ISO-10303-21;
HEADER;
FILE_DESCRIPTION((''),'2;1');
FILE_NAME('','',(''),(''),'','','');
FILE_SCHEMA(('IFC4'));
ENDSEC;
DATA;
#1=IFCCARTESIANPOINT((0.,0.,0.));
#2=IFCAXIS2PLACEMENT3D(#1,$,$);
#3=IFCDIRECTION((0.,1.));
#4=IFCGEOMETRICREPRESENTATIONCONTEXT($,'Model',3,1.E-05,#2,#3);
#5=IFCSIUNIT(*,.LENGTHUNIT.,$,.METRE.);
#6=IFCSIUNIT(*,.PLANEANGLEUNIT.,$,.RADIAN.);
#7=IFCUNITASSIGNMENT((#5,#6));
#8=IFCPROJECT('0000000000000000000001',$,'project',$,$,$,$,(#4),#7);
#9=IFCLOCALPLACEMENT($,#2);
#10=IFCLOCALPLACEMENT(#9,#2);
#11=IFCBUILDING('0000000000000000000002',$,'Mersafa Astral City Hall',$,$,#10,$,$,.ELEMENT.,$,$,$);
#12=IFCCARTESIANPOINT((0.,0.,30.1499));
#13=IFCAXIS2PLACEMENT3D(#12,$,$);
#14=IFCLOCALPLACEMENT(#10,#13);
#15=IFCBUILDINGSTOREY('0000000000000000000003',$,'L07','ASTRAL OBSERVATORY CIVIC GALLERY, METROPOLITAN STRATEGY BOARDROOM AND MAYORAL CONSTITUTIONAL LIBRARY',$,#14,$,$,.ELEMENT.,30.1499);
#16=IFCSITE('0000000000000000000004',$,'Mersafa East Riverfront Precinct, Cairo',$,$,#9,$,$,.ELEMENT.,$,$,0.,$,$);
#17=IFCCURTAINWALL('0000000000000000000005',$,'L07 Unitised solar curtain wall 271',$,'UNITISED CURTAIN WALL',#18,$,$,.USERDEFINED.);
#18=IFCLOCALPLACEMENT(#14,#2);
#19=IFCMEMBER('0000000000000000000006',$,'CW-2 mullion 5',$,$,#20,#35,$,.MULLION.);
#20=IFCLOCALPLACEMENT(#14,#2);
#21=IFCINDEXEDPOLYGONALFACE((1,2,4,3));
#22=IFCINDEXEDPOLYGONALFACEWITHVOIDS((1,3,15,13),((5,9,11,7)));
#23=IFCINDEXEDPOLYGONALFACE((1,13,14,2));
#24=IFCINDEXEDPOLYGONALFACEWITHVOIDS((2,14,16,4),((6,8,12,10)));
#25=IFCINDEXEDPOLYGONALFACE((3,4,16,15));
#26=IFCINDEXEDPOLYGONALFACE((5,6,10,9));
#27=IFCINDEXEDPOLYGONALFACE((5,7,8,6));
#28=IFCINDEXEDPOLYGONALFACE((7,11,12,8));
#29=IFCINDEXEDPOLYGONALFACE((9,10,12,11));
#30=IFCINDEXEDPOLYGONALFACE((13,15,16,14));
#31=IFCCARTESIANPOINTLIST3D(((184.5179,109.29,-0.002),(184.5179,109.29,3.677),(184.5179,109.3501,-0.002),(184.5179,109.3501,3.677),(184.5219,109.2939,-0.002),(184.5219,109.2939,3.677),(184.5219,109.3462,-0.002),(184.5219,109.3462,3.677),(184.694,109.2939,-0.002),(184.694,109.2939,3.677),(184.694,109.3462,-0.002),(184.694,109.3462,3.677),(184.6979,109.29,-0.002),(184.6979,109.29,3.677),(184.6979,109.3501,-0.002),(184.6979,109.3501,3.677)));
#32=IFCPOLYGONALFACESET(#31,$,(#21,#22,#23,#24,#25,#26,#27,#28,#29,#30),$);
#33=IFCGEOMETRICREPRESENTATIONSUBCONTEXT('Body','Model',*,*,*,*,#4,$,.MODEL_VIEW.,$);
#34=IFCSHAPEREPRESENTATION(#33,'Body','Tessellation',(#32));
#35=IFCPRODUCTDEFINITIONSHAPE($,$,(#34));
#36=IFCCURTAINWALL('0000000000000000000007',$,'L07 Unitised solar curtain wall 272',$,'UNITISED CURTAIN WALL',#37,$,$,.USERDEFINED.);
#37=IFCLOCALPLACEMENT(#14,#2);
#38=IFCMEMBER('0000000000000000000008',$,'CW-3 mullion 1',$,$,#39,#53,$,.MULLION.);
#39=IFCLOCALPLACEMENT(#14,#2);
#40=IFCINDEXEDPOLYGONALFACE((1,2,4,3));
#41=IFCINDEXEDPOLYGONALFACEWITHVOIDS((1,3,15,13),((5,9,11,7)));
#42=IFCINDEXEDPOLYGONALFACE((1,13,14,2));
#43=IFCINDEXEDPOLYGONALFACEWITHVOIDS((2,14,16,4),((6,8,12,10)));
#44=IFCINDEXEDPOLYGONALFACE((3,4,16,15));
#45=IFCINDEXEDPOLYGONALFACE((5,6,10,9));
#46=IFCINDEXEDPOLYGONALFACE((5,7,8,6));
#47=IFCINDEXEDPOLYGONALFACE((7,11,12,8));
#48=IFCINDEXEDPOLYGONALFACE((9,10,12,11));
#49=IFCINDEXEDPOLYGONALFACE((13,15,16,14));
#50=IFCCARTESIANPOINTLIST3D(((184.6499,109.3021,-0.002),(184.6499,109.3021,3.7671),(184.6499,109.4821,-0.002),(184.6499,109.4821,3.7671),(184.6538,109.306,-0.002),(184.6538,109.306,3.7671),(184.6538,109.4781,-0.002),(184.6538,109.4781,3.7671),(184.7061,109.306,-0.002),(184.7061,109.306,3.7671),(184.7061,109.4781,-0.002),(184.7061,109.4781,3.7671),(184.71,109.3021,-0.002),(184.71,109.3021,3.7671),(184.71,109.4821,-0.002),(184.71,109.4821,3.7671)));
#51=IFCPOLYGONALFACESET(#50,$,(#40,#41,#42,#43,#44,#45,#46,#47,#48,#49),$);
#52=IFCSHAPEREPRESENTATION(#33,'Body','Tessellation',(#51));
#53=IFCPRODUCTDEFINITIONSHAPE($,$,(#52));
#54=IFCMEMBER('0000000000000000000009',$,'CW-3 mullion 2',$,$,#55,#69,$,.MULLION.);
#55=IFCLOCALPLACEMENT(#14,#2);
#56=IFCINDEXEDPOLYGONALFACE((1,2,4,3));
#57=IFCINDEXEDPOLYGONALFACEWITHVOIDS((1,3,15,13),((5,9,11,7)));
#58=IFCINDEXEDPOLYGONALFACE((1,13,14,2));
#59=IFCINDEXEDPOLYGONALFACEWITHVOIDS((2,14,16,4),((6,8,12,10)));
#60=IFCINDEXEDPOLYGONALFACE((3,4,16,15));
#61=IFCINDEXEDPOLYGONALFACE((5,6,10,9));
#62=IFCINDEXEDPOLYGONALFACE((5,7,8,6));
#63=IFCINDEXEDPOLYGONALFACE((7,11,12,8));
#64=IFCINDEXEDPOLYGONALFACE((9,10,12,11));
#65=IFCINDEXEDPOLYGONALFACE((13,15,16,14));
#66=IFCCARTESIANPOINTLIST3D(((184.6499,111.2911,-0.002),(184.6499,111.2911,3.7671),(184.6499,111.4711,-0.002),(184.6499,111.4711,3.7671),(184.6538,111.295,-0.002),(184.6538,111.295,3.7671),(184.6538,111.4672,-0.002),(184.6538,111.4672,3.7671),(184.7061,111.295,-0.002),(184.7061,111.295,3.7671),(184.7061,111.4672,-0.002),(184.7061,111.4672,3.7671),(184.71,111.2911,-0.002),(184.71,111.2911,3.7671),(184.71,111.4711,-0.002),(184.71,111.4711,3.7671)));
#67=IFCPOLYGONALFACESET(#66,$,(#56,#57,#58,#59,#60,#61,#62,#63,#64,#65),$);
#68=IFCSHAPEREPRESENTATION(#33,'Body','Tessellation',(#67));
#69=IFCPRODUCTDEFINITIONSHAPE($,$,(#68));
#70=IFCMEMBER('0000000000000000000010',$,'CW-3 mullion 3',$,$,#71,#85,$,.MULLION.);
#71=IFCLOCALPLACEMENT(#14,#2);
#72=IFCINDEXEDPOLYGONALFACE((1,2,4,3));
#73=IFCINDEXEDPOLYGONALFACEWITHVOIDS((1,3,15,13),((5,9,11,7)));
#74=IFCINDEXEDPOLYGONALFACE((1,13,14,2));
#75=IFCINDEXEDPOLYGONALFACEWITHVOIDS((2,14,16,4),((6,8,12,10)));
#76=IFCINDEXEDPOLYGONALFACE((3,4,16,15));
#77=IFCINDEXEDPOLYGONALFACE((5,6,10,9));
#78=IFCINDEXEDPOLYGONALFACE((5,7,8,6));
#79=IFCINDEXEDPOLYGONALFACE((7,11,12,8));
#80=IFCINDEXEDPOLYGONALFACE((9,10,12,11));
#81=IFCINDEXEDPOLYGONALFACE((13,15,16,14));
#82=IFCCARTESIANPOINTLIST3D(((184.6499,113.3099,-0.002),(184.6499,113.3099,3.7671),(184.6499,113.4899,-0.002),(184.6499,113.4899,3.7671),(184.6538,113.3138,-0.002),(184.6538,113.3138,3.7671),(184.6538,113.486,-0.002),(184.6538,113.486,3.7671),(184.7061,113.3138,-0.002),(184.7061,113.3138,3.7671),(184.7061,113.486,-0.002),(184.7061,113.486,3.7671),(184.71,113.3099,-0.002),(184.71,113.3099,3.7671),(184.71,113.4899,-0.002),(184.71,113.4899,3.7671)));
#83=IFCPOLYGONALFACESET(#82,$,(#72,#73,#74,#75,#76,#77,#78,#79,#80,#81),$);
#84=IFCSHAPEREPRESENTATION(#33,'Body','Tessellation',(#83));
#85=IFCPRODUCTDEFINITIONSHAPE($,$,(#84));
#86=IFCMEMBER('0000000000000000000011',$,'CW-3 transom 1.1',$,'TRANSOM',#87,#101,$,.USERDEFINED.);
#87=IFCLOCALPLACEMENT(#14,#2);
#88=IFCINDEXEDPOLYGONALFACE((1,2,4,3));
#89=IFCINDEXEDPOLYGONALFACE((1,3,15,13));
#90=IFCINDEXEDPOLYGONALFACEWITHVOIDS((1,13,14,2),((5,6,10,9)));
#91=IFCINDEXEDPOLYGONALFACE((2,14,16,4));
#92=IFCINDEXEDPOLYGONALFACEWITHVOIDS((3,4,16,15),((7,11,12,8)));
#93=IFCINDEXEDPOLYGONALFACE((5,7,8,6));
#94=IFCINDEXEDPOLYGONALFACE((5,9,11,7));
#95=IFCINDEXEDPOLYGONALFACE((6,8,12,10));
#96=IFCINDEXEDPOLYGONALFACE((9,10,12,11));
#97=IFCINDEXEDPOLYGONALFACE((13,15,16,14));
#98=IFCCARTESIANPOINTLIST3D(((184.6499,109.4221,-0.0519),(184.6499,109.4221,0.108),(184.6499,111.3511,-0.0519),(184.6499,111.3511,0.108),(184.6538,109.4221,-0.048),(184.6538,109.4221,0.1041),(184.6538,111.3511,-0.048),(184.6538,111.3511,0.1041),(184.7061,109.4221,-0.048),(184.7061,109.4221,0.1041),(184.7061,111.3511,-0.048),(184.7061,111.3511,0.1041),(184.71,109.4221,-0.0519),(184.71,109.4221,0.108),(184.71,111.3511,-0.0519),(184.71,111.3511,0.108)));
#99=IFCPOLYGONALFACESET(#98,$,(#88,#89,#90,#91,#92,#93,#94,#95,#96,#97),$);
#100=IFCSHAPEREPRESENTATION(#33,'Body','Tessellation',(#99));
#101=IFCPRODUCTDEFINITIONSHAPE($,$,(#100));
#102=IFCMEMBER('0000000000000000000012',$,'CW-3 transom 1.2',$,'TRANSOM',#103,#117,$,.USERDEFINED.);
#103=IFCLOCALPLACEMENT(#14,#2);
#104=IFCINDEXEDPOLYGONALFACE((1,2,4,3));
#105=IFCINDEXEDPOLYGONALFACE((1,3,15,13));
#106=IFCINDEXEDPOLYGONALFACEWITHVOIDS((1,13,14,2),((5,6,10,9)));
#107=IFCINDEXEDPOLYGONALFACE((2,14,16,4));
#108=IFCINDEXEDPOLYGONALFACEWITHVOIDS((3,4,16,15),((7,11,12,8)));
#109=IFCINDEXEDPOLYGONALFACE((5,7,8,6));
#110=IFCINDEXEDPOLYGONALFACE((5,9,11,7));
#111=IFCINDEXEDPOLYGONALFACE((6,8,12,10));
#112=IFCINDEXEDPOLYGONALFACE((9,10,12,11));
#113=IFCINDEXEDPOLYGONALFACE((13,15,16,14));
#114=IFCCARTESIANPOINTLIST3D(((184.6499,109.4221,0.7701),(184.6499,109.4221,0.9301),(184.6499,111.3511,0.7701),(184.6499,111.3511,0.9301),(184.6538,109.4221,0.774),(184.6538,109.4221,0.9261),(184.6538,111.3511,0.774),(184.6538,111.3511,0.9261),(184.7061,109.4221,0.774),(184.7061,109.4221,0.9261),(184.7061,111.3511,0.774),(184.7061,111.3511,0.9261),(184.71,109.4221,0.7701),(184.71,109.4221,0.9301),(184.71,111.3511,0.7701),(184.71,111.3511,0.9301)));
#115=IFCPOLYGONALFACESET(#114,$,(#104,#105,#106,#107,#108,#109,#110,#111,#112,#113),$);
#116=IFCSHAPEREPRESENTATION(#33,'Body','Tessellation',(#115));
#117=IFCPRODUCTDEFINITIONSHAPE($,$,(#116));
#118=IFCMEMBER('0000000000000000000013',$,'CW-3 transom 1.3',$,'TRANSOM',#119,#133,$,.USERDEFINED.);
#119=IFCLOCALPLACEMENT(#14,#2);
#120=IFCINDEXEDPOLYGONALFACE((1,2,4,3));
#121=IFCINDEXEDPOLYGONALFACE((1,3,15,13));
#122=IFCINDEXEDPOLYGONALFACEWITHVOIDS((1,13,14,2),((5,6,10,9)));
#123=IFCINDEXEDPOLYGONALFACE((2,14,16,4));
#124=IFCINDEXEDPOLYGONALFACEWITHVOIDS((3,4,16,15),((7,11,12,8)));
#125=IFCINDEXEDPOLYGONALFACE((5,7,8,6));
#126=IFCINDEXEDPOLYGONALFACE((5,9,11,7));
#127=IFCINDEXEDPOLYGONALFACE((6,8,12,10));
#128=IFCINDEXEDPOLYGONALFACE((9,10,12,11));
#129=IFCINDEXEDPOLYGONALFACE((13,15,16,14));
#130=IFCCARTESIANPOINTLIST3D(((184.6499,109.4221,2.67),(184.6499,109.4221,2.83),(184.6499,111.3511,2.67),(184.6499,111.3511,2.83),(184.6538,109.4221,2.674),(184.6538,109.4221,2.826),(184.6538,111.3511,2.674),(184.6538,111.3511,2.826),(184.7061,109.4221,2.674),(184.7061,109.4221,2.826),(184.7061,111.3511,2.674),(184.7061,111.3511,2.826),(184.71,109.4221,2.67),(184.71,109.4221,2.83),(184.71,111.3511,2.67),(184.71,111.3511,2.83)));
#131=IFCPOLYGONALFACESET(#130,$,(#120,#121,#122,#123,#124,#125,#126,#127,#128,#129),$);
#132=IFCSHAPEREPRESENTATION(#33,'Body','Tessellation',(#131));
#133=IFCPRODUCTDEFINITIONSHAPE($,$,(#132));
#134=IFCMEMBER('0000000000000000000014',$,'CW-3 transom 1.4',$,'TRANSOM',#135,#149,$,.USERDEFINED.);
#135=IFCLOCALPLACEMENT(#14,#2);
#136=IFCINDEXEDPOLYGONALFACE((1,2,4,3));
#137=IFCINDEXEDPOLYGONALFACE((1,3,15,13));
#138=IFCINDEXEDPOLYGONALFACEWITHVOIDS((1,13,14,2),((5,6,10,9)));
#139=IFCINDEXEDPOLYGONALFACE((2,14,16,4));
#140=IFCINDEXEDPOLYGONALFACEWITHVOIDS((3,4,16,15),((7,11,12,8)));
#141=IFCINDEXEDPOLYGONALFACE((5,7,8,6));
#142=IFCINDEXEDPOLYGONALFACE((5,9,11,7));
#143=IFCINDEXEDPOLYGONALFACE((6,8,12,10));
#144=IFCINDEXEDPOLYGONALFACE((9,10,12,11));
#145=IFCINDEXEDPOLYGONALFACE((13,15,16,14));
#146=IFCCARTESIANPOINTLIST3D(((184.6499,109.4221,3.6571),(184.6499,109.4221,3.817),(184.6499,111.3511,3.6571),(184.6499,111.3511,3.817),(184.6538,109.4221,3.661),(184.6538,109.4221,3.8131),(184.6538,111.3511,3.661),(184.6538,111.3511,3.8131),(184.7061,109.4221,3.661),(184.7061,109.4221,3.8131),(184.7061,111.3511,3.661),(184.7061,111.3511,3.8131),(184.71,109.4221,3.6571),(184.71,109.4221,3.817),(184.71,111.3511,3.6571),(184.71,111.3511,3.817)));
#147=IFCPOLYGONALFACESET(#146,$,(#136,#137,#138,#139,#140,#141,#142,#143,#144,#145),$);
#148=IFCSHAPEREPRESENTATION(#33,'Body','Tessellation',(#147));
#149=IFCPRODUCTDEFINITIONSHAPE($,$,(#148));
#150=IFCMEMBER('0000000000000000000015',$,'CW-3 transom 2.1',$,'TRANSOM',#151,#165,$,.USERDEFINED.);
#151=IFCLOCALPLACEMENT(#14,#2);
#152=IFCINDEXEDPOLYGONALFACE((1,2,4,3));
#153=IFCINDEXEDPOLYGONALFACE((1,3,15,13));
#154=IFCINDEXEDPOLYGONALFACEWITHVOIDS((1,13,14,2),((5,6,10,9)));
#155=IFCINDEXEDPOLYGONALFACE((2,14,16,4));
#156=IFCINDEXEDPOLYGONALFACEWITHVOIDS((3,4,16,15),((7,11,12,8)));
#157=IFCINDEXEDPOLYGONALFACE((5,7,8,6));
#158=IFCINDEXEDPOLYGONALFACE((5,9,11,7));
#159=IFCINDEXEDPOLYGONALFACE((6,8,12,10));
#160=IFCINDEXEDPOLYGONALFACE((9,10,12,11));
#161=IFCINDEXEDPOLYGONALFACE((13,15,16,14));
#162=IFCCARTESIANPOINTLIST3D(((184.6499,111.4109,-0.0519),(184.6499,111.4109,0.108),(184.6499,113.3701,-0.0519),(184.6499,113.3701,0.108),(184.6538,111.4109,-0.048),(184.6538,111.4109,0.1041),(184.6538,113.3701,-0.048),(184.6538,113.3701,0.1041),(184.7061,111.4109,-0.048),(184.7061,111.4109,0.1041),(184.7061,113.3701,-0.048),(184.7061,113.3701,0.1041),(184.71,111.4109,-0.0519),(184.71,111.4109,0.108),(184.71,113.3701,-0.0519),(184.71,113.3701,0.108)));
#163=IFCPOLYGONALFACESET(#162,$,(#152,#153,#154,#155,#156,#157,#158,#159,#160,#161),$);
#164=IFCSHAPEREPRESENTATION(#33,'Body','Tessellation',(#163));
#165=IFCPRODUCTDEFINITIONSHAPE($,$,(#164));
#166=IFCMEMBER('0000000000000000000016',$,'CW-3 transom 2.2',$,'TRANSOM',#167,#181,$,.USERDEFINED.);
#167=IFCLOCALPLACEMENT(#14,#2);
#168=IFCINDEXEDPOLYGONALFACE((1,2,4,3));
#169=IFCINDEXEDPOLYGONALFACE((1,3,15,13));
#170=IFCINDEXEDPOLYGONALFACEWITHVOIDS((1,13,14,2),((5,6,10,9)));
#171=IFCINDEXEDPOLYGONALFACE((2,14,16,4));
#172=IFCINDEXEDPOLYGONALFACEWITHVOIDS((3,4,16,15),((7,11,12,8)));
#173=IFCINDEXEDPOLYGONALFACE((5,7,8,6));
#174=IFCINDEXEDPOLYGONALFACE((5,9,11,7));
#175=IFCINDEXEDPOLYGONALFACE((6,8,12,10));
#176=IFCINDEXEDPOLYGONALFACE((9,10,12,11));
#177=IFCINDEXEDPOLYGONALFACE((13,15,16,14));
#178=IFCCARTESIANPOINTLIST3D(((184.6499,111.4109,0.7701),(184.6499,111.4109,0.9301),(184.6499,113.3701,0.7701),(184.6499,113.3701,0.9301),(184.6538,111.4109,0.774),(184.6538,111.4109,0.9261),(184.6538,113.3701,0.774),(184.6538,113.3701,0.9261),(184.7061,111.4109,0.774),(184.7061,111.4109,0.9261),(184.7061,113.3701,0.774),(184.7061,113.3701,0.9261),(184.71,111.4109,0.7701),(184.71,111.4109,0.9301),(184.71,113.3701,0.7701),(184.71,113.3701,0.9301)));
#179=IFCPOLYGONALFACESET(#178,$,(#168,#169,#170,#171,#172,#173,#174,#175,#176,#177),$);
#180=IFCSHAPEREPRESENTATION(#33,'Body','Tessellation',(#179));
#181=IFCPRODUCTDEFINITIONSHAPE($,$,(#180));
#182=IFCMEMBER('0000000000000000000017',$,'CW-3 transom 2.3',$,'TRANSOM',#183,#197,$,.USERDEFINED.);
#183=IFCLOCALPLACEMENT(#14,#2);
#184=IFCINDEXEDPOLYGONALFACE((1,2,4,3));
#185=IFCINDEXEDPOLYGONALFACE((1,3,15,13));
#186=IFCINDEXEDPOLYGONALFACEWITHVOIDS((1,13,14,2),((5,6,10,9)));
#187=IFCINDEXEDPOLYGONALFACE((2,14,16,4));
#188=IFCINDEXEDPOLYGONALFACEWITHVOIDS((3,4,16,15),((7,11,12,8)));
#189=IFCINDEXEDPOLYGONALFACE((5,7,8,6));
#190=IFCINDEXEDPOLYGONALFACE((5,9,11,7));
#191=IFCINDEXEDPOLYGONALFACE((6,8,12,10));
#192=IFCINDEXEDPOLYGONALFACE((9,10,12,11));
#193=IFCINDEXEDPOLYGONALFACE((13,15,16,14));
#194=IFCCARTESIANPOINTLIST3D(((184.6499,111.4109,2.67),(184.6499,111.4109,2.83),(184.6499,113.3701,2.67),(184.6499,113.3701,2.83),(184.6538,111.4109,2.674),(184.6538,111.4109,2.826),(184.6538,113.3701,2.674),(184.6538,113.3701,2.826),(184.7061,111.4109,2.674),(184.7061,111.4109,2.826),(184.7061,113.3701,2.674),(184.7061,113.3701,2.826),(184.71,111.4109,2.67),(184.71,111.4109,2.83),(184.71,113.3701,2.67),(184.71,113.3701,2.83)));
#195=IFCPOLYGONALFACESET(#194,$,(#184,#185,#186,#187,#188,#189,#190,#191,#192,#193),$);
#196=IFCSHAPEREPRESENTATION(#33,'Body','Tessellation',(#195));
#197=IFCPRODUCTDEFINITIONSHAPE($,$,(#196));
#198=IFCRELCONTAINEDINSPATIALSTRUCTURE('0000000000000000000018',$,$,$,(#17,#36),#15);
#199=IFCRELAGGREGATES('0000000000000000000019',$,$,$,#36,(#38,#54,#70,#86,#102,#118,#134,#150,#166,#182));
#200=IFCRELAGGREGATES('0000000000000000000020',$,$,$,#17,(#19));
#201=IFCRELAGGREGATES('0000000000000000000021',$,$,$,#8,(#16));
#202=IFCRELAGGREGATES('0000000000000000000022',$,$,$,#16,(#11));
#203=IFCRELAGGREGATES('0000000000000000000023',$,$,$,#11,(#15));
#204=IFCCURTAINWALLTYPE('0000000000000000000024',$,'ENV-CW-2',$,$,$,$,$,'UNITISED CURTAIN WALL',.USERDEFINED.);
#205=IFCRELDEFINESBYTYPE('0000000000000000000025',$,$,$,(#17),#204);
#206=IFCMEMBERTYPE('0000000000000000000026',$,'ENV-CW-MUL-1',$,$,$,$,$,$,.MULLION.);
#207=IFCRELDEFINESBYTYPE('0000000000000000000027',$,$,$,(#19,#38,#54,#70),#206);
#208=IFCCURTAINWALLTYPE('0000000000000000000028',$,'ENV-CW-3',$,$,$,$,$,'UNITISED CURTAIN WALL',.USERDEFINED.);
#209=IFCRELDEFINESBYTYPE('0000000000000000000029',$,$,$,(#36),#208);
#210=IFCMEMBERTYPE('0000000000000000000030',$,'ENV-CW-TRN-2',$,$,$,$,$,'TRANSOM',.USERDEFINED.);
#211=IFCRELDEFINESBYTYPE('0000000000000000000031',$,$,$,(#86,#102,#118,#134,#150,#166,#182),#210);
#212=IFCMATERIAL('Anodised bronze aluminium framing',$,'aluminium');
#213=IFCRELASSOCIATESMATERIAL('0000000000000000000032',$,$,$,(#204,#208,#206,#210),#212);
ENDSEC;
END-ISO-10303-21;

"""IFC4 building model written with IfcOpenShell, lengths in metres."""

from ifc_helpers import new_model, si_unit, direction, frame, origin, origin_2d, place, context, subcontext, project, spatial, hollow_rectangle, extrude, material, material_profile, profile_set, type_object, element, aggregate, save


model = new_model("IFC4")

# Units and contexts
model_context = context("Model", 3, precision=1e-05, world=origin(), true_north=direction((0.0, 1.0)))
body_context = subcontext(model_context, "Body", "Model", "MODEL_VIEW")
ifc_project = project(units=[si_unit("LENGTHUNIT", "METRE"), si_unit("PLANEANGLEUNIT", "RADIAN")], contexts=[model_context])

# Site, building, storey
site_placement = place(None, origin())
site = spatial("IfcSite", under=ifc_project, at=site_placement, Name="Mersafa East Riverfront Precinct, Cairo", CompositionType="ELEMENT", RefElevation=0.0)
building_placement = place(site_placement, origin())
building = spatial("IfcBuilding", under=site, at=building_placement, Name="Mersafa Astral City Hall", CompositionType="ELEMENT")
storey_placement = place(building_placement, frame((0.0, 0.0, 30.1499)))
storey = spatial("IfcBuildingStorey", under=building, at=storey_placement, Name="L07", Description="ASTRAL OBSERVATORY CIVIC GALLERY, METROPOLITAN STRATEGY BOARDROOM AND MAYORAL CONSTITUTIONAL LIBRARY", CompositionType="ELEMENT", Elevation=30.1499)

# Curtain wall, member
ifc_material_1 = material(Name="Anodised bronze aluminium framing", Category="aluminium")
curtain_wall_type_1 = type_object("IfcCurtainWallType", Name="ENV-CW-2", ElementType="UNITISED CURTAIN WALL", PredefinedType="USERDEFINED", material=ifc_material_1)
curtain_wall_1_placement = place(storey_placement, origin())
curtain_wall_1 = element("IfcCurtainWall", 1, at=curtain_wall_1_placement, inside=storey, type_object=curtain_wall_type_1, Name="L07 Unitised solar curtain wall 271", ObjectType="UNITISED CURTAIN WALL", PredefinedType="USERDEFINED")
ifc_material_profile_1 = material_profile(ifc_material_1, hollow_rectangle(XDim=0.0601, YDim=0.1799, WallThickness=0.0039, at=origin_2d()), Name="RHS 60x180x4")
ifc_profile_set_1 = profile_set([ifc_material_profile_1], Name="Anodised bronze aluminium framing")
member_type_1 = type_object("IfcMemberType", Name="ENV-CW-MUL-1", PredefinedType="MULLION", material=ifc_profile_set_1)
member_1_placement = place(storey_placement, frame((184.6079, 109.3201, -0.002), z_axis=(0.0, 0.0, 1.0), x_axis=(0.0, 1.0, 0.0)))
member_1 = element("IfcMember", 2, at=member_1_placement, type_object=member_type_1, Name="CW-2 mullion 5", PredefinedType="MULLION", context=body_context, shape_type="SweptSolid", body=[
    extrude(hollow_rectangle(XDim=0.0601, YDim=0.1799, WallThickness=0.0039, at=origin_2d()), origin(), (0.0, 0.0, 1.0), 3.679),
])

# Curtain wall, members
curtain_wall_type_2 = type_object("IfcCurtainWallType", Name="ENV-CW-3", ElementType="UNITISED CURTAIN WALL", PredefinedType="USERDEFINED", material=ifc_material_1)
curtain_wall_2_placement = place(storey_placement, origin())
curtain_wall_2 = element("IfcCurtainWall", 3, at=curtain_wall_2_placement, inside=storey, type_object=curtain_wall_type_2, Name="L07 Unitised solar curtain wall 272", ObjectType="UNITISED CURTAIN WALL", PredefinedType="USERDEFINED")
member_2_placement = place(storey_placement, frame((184.6799, 109.3921, -0.002), z_axis=(0.0, 0.0, 1.0), x_axis=(-1.0, 0.0, 0.0)))
member_2 = element("IfcMember", 4, at=member_2_placement, type_object=member_type_1, Name="CW-3 mullion 1", PredefinedType="MULLION", context=body_context, shape_type="SweptSolid", body=[
    extrude(hollow_rectangle(XDim=0.0601, YDim=0.1799, WallThickness=0.0039, at=origin_2d()), origin(), (0.0, 0.0, 1.0), 3.769),
])
member_3_placement = place(storey_placement, frame((184.6799, 111.3811, -0.002), z_axis=(0.0, 0.0, 1.0), x_axis=(-1.0, 0.0, 0.0)))
member_3 = element("IfcMember", 5, at=member_3_placement, type_object=member_type_1, Name="CW-3 mullion 2", PredefinedType="MULLION", context=body_context, shape_type="SweptSolid", body=[
    extrude(hollow_rectangle(XDim=0.0601, YDim=0.1799, WallThickness=0.0039, at=origin_2d()), origin(), (0.0, 0.0, 1.0), 3.769),
])
member_4_placement = place(storey_placement, frame((184.6799, 113.3999, -0.002), z_axis=(0.0, 0.0, 1.0), x_axis=(-1.0, 0.0, 0.0)))
member_4 = element("IfcMember", 6, at=member_4_placement, type_object=member_type_1, Name="CW-3 mullion 3", PredefinedType="MULLION", context=body_context, shape_type="SweptSolid", body=[
    extrude(hollow_rectangle(XDim=0.0601, YDim=0.1799, WallThickness=0.0039, at=origin_2d()), origin(), (0.0, 0.0, 1.0), 3.769),
])
ifc_material_profile_2 = material_profile(ifc_material_1, hollow_rectangle(XDim=0.0601, YDim=0.1599, WallThickness=0.0039, at=origin_2d()), Name="RHS 60x160x4")
ifc_profile_set_2 = profile_set([ifc_material_profile_2], Name="Anodised bronze aluminium framing")
member_type_2 = type_object("IfcMemberType", Name="ENV-CW-TRN-2", ElementType="TRANSOM", PredefinedType="USERDEFINED", material=ifc_profile_set_2)
member_5_placement = place(storey_placement, frame((184.6799, 109.4221, 0.0281), z_axis=(0.0, 1.0, 0.0), x_axis=(-1.0, 0.0, 0.0)))
member_5 = element("IfcMember", 7, at=member_5_placement, type_object=member_type_2, Name="CW-3 transom 1.1", ObjectType="TRANSOM", PredefinedType="USERDEFINED", context=body_context, shape_type="SweptSolid", body=[
    extrude(hollow_rectangle(XDim=0.0601, YDim=0.1599, WallThickness=0.0039, at=origin_2d()), origin(), (0.0, 0.0, 1.0), 1.929),
])
member_6_placement = place(storey_placement, frame((184.6799, 109.4221, 0.8501), z_axis=(0.0, 1.0, 0.0), x_axis=(-1.0, 0.0, 0.0)))
member_6 = element("IfcMember", 8, at=member_6_placement, type_object=member_type_2, Name="CW-3 transom 1.2", ObjectType="TRANSOM", PredefinedType="USERDEFINED", context=body_context, shape_type="SweptSolid", body=[
    extrude(hollow_rectangle(XDim=0.0601, YDim=0.1599, WallThickness=0.0039, at=origin_2d()), origin(), (0.0, 0.0, 1.0), 1.929),
])
member_7_placement = place(storey_placement, frame((184.6799, 109.4221, 2.75), z_axis=(0.0, 1.0, 0.0), x_axis=(-1.0, 0.0, 0.0)))
member_7 = element("IfcMember", 9, at=member_7_placement, type_object=member_type_2, Name="CW-3 transom 1.3", ObjectType="TRANSOM", PredefinedType="USERDEFINED", context=body_context, shape_type="SweptSolid", body=[
    extrude(hollow_rectangle(XDim=0.0601, YDim=0.1599, WallThickness=0.0039, at=origin_2d()), origin(), (0.0, 0.0, 1.0), 1.929),
])
member_8_placement = place(storey_placement, frame((184.6799, 109.4221, 3.7371), z_axis=(0.0, 1.0, 0.0), x_axis=(-1.0, 0.0, 0.0)))
member_8 = element("IfcMember", 10, at=member_8_placement, type_object=member_type_2, Name="CW-3 transom 1.4", ObjectType="TRANSOM", PredefinedType="USERDEFINED", context=body_context, shape_type="SweptSolid", body=[
    extrude(hollow_rectangle(XDim=0.0601, YDim=0.1599, WallThickness=0.0039, at=origin_2d()), origin(), (0.0, 0.0, 1.0), 1.929),
])
member_9_placement = place(storey_placement, frame((184.6799, 111.4109, 0.0281), z_axis=(0.0, 1.0, 0.0), x_axis=(-1.0, 0.0, 0.0)))
member_9 = element("IfcMember", 11, at=member_9_placement, type_object=member_type_2, Name="CW-3 transom 2.1", ObjectType="TRANSOM", PredefinedType="USERDEFINED", context=body_context, shape_type="SweptSolid", body=[
    extrude(hollow_rectangle(XDim=0.0601, YDim=0.1599, WallThickness=0.0039, at=origin_2d()), origin(), (0.0, 0.0, 1.0), 1.9592),
])
member_10_placement = place(storey_placement, frame((184.6799, 111.4109, 0.8501), z_axis=(0.0, 1.0, 0.0), x_axis=(-1.0, 0.0, 0.0)))
member_10 = element("IfcMember", 12, at=member_10_placement, type_object=member_type_2, Name="CW-3 transom 2.2", ObjectType="TRANSOM", PredefinedType="USERDEFINED", context=body_context, shape_type="SweptSolid", body=[
    extrude(hollow_rectangle(XDim=0.0601, YDim=0.1599, WallThickness=0.0039, at=origin_2d()), origin(), (0.0, 0.0, 1.0), 1.9592),
])
member_11_placement = place(storey_placement, frame((184.6799, 111.4109, 2.75), z_axis=(0.0, 1.0, 0.0), x_axis=(-1.0, 0.0, 0.0)))
member_11 = element("IfcMember", 13, at=member_11_placement, type_object=member_type_2, Name="CW-3 transom 2.3", ObjectType="TRANSOM", PredefinedType="USERDEFINED", context=body_context, shape_type="SweptSolid", body=[
    extrude(hollow_rectangle(XDim=0.0601, YDim=0.1599, WallThickness=0.0039, at=origin_2d()), origin(), (0.0, 0.0, 1.0), 1.9592),
])

aggregate(curtain_wall_2, [member_2, member_3, member_4, member_5, member_6, member_7, member_8, member_9, member_10, member_11])
aggregate(curtain_wall_1, [member_1])

save(model, "model.ifc")
